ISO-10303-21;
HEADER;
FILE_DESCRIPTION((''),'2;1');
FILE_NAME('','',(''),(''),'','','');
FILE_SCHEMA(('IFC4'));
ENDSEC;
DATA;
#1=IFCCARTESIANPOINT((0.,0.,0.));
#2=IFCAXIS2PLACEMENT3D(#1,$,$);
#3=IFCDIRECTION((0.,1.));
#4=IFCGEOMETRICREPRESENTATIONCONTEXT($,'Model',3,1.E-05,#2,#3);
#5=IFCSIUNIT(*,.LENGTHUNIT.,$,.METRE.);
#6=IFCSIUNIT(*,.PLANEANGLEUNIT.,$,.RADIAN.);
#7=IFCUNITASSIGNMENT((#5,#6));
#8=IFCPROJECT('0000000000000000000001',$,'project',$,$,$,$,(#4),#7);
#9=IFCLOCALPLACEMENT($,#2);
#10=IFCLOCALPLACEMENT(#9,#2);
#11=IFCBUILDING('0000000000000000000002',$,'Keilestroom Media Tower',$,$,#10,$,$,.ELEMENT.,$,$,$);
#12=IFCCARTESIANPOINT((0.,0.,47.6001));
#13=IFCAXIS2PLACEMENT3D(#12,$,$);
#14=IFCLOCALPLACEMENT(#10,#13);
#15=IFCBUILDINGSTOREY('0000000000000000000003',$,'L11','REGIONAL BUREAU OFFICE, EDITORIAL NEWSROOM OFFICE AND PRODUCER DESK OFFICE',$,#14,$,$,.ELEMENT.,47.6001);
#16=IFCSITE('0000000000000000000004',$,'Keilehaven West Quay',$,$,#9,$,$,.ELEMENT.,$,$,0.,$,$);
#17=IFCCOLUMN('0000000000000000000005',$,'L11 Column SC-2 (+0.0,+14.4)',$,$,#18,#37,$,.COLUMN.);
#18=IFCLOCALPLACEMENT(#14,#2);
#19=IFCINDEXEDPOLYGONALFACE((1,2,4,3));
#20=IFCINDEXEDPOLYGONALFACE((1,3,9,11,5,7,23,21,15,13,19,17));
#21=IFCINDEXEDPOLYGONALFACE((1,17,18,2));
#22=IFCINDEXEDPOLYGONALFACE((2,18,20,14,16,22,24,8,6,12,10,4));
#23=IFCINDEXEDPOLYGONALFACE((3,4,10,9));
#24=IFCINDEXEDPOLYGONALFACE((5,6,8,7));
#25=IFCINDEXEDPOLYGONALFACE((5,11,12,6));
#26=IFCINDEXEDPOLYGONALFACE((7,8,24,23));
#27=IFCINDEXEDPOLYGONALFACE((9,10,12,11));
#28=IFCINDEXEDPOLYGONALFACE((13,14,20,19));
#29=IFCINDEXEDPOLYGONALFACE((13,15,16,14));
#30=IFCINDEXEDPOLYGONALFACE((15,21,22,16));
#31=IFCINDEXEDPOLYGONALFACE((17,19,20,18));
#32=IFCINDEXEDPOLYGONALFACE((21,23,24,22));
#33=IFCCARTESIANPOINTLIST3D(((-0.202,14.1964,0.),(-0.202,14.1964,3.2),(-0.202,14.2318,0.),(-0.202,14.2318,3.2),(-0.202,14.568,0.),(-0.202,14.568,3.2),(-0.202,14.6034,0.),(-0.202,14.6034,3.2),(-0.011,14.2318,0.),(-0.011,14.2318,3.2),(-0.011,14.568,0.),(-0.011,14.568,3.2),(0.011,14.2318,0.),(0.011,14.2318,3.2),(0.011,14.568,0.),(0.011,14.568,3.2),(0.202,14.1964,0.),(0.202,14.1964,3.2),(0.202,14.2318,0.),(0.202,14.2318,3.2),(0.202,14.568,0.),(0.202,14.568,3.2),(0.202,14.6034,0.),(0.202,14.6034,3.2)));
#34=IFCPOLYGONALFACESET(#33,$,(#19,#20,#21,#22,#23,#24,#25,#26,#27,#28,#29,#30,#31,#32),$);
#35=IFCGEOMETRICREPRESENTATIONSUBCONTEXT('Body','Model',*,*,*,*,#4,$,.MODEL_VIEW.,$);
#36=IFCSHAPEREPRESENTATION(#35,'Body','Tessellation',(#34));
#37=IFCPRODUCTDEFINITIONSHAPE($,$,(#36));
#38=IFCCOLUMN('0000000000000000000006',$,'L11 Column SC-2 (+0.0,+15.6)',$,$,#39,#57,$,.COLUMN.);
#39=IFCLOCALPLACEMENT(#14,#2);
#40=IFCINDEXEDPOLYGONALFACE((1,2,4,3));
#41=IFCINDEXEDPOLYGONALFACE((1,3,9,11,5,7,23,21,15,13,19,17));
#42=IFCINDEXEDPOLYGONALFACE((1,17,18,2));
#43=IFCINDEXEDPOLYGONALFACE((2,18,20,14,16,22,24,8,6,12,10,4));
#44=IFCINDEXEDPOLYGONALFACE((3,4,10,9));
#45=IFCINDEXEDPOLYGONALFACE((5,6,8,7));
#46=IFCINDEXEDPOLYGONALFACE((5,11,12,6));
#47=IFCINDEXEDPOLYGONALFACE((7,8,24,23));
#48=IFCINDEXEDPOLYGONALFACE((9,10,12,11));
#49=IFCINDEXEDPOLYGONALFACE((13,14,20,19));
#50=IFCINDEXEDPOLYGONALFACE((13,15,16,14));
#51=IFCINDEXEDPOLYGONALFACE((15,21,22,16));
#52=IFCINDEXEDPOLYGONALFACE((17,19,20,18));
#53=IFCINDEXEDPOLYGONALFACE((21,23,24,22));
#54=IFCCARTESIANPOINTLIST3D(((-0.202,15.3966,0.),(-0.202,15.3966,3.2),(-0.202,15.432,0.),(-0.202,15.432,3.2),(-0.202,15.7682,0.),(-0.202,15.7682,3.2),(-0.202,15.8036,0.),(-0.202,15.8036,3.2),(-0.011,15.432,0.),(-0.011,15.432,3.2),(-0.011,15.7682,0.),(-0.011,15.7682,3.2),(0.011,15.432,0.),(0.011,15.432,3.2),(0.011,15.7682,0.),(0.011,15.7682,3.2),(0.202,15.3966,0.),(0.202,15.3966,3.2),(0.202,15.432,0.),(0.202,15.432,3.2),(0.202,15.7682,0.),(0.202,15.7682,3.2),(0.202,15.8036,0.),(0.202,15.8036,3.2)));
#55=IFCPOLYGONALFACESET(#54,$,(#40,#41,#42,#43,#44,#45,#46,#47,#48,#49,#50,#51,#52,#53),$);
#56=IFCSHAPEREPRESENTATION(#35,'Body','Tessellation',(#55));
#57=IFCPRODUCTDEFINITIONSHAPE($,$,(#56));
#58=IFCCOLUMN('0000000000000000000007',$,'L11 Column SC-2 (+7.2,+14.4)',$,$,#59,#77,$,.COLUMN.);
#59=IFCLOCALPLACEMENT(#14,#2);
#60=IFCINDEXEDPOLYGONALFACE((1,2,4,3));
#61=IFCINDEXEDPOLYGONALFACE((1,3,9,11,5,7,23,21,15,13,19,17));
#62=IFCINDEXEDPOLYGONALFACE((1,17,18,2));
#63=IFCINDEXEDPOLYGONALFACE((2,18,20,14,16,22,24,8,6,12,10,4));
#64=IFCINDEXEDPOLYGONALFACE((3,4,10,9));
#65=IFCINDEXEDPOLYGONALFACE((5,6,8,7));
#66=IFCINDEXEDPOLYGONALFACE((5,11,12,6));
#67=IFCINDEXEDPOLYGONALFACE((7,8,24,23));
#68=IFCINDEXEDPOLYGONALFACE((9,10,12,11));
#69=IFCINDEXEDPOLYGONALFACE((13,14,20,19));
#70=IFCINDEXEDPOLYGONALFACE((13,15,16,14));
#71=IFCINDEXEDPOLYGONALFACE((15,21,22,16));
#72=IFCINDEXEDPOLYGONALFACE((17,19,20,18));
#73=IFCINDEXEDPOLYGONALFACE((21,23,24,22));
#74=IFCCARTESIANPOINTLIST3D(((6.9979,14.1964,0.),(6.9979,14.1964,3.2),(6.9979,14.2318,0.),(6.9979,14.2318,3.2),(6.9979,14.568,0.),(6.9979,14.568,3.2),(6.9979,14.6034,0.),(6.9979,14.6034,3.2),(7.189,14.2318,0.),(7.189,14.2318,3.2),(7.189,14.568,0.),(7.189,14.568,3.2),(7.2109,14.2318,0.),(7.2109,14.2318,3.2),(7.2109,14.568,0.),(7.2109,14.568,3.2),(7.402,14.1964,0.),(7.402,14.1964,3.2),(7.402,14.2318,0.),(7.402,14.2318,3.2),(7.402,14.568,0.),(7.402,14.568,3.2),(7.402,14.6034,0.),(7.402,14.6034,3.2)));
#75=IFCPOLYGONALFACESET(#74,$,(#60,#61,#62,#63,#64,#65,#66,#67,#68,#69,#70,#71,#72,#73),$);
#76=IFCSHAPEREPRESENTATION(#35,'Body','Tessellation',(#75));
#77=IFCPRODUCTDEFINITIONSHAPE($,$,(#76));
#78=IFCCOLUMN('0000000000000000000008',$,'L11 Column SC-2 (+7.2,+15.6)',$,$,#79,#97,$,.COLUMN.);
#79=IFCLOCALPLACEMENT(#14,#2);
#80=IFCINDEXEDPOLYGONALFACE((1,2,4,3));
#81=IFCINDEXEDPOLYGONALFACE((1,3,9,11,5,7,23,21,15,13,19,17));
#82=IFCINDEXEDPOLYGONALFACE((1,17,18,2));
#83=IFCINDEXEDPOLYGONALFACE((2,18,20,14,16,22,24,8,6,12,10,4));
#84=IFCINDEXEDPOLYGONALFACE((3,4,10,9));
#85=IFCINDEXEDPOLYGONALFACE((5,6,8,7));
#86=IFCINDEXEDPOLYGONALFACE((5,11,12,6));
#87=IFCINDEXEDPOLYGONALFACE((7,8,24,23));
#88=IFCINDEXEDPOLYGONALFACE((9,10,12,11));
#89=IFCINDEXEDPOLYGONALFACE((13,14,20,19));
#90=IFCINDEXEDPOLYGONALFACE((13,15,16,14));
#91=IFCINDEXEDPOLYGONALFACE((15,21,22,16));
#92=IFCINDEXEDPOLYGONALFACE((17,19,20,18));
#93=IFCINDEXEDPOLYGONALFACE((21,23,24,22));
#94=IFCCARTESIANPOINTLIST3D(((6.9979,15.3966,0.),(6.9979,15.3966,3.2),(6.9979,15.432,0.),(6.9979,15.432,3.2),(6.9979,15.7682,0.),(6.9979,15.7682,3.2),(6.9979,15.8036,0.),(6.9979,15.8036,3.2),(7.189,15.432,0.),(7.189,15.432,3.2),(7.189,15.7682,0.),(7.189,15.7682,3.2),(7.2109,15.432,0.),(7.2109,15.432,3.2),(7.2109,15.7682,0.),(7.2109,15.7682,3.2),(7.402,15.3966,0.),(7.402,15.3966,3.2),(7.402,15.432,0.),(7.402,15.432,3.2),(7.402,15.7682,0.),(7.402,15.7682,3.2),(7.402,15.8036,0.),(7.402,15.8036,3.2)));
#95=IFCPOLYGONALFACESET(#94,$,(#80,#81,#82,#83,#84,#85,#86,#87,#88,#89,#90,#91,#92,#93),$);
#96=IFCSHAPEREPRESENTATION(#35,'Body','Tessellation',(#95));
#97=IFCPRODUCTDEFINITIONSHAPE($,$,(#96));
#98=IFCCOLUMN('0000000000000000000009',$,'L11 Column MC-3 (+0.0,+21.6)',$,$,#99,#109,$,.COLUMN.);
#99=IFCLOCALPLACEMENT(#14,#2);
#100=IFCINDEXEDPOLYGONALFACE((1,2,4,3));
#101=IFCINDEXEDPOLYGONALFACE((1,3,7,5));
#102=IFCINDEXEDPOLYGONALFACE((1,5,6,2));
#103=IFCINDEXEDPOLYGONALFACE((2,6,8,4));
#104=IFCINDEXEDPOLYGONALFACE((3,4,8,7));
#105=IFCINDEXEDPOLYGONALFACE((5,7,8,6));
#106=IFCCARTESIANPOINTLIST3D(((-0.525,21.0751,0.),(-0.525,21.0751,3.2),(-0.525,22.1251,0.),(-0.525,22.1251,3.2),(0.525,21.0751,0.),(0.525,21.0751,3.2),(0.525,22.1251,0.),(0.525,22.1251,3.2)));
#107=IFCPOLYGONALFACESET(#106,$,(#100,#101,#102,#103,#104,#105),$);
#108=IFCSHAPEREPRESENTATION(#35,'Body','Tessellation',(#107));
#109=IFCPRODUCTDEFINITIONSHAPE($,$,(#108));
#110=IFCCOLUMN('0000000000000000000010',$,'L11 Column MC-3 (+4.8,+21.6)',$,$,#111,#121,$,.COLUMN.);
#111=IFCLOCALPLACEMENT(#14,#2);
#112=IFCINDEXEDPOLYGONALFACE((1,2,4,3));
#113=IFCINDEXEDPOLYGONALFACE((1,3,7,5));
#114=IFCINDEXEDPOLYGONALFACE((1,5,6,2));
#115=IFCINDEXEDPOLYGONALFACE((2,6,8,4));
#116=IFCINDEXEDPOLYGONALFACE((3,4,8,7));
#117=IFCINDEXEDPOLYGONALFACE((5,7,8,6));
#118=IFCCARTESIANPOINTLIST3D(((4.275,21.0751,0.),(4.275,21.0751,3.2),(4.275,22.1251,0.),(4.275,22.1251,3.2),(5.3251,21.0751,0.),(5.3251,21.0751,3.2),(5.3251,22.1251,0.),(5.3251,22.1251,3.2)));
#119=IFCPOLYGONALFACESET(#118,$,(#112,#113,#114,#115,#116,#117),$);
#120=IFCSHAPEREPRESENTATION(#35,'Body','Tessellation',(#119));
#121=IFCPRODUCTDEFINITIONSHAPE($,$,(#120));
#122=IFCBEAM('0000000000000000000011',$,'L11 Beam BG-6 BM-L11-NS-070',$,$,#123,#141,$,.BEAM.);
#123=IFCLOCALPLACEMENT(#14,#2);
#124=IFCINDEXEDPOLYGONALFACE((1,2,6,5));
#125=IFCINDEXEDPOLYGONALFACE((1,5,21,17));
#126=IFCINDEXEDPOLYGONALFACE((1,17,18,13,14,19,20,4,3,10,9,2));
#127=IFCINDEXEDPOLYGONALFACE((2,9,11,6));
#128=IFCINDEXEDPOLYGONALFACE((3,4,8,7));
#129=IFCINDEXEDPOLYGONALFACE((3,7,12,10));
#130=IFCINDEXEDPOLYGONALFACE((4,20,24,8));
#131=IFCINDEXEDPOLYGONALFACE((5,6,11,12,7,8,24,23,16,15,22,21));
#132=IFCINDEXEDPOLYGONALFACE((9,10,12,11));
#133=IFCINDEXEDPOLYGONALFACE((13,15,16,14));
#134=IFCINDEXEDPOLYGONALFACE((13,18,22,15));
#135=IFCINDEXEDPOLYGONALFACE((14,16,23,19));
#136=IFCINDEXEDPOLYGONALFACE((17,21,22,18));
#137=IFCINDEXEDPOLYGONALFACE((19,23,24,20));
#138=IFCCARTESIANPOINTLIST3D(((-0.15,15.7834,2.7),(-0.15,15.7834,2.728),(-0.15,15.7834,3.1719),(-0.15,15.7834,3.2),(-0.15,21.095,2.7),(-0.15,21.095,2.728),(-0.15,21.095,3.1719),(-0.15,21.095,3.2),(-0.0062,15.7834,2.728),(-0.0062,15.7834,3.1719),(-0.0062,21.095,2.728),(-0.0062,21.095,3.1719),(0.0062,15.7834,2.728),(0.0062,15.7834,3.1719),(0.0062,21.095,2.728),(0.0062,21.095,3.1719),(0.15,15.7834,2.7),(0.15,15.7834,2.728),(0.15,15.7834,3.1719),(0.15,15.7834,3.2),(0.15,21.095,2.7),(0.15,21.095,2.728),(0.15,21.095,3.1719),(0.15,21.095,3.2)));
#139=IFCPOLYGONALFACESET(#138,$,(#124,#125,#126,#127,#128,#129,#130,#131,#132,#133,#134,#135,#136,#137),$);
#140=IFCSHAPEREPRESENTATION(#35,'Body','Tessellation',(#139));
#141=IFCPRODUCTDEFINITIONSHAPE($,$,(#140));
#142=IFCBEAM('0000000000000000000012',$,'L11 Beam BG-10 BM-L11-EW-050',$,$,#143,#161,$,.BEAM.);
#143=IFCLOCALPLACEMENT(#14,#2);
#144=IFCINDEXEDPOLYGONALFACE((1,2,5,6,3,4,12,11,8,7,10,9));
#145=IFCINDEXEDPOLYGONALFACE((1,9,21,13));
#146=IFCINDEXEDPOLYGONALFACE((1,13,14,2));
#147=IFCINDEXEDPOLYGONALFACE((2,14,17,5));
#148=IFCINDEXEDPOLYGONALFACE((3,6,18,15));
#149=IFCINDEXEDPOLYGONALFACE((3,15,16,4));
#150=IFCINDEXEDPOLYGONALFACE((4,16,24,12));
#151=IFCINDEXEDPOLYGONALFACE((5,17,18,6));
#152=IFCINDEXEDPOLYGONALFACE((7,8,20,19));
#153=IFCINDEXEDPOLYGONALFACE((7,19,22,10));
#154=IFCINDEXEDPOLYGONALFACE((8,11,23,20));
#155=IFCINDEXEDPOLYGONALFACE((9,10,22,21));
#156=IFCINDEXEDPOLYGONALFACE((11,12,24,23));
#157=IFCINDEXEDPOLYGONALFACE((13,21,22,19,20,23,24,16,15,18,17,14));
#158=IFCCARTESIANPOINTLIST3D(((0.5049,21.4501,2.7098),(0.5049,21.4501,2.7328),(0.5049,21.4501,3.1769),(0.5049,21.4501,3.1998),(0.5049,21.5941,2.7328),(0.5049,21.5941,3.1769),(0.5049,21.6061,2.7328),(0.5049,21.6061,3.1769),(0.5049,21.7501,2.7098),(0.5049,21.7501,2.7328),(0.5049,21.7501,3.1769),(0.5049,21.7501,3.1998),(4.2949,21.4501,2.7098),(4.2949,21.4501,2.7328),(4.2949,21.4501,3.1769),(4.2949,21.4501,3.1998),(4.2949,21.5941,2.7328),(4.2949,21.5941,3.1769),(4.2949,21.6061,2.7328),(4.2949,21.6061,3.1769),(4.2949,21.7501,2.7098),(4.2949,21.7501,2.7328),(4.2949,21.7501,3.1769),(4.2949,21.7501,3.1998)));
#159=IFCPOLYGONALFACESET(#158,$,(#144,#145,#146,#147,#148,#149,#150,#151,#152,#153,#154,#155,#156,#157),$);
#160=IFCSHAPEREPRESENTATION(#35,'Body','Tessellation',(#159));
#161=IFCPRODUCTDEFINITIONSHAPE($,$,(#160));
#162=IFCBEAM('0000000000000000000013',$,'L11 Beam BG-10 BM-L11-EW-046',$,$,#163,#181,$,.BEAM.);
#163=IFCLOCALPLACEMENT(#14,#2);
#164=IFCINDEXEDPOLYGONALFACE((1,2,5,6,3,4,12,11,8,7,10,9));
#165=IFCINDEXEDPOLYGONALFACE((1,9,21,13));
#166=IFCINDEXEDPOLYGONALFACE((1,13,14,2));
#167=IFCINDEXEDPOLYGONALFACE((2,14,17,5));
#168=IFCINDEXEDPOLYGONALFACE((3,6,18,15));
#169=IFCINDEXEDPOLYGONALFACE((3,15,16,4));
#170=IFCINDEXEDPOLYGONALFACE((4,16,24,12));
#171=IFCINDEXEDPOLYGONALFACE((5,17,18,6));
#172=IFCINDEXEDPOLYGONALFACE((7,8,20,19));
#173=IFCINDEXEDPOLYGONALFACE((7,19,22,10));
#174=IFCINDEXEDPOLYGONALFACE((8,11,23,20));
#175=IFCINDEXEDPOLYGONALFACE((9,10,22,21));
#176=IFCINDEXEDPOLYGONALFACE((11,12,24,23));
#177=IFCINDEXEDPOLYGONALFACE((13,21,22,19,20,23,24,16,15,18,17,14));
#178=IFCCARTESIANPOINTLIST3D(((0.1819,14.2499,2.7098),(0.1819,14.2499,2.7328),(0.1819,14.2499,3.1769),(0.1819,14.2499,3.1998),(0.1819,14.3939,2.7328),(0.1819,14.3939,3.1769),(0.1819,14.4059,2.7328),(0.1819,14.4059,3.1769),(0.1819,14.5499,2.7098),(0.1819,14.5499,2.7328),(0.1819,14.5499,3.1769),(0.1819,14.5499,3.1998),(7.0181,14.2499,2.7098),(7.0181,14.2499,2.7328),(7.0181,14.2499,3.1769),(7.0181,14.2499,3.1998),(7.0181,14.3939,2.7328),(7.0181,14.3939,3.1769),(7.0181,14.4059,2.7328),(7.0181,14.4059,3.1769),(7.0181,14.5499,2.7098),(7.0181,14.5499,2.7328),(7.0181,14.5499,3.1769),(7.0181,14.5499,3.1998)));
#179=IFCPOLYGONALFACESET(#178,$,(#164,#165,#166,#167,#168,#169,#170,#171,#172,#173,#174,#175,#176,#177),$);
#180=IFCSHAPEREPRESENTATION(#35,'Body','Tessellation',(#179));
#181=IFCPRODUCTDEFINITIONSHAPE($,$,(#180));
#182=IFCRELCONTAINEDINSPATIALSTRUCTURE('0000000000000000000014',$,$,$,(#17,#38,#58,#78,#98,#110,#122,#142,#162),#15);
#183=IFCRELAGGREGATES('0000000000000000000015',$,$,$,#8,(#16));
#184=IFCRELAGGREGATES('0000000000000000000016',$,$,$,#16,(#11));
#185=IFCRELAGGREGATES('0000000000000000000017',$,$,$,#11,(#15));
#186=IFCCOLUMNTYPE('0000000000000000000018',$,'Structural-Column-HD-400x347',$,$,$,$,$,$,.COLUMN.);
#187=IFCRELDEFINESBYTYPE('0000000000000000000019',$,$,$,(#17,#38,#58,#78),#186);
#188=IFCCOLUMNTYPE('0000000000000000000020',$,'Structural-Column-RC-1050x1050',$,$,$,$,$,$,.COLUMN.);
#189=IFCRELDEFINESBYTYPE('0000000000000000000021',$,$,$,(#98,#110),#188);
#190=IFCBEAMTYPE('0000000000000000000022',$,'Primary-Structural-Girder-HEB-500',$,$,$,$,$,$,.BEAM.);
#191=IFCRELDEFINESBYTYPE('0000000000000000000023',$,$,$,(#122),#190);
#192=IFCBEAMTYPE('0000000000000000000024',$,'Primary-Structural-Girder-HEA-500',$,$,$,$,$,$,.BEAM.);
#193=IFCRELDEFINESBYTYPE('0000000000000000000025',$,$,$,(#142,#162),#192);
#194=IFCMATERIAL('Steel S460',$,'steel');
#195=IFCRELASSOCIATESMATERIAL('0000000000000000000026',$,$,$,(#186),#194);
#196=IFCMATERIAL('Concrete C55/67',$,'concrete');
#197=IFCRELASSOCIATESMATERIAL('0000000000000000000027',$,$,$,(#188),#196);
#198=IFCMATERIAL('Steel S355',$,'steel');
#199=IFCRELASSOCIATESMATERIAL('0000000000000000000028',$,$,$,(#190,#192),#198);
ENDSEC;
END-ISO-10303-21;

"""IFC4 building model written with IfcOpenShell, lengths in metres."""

from ifc_helpers import new_model, si_unit, direction, frame, origin, origin_2d, place, context, subcontext, project, spatial, rectangle, i_section, extrude, source, transform, mapped, material, material_profile, profile_set, type_object, element, save


model = new_model("IFC4")

# Units and contexts
model_context = context("Model", 3, precision=1e-05, world=origin(), true_north=direction((0.0, 1.0)))
body_context = subcontext(model_context, "Body", "Model", "MODEL_VIEW")
ifc_project = project(units=[si_unit("LENGTHUNIT", "METRE"), si_unit("PLANEANGLEUNIT", "RADIAN")], contexts=[model_context])

# Site, building, storey
site_placement = place(None, origin())
site = spatial("IfcSite", under=ifc_project, at=site_placement, Name="Keilehaven West Quay", CompositionType="ELEMENT", RefElevation=0.0)
building_placement = place(site_placement, origin())
building = spatial("IfcBuilding", under=site, at=building_placement, Name="Keilestroom Media Tower", CompositionType="ELEMENT")
storey_placement = place(building_placement, frame((0.0, 0.0, 47.6001)))
storey = spatial("IfcBuildingStorey", under=building, at=storey_placement, Name="L11", Description="REGIONAL BUREAU OFFICE, EDITORIAL NEWSROOM OFFICE AND PRODUCER DESK OFFICE", CompositionType="ELEMENT", Elevation=47.6001)

# Columns
ifc_material_1 = material(Name="Steel S460", Category="steel")
ifc_material_profile_1 = material_profile(ifc_material_1, i_section(OverallWidth=0.4041, OverallDepth=0.407, WebThickness=0.022, FlangeThickness=0.0354, at=origin_2d()), Name="HD 400x347")
ifc_profile_set_1 = profile_set([ifc_material_profile_1], Name="Steel S460")
column_type_1 = type_object("IfcColumnType", Name="Structural-Column-HD-400x347", PredefinedType="COLUMN", material=ifc_profile_set_1)
shared_shape_1 = source(origin(), body_context, "Body", "SweptSolid", [
    extrude(i_section(OverallWidth=0.4041, OverallDepth=0.407, WebThickness=0.022, FlangeThickness=0.0354, at=origin_2d()), origin(), (0.0, 0.0, 1.0), 3.2),
])
for number, where, z_axis, x_axis, name in (
    (1, (0.0, 14.3999, 0.0), (0.0, 0.0, 1.0), (1.0, 0.0, 0.0), "L11 Column SC-2 (+0.0,+14.4)"),
    (2, (0.0, 15.6001, 0.0), (0.0, 0.0, 1.0), (1.0, 0.0, 0.0), "L11 Column SC-2 (+0.0,+15.6)"),
    (3, (7.2, 14.3999, 0.0), (0.0, 0.0, 1.0), (1.0, 0.0, 0.0), "L11 Column SC-2 (+7.2,+14.4)"),
    (4, (7.2, 15.6001, 0.0), (0.0, 0.0, 1.0), (1.0, 0.0, 0.0), "L11 Column SC-2 (+7.2,+15.6)"),
):
    element("IfcColumn", number, at=place(storey_placement, frame(where, z_axis=z_axis, x_axis=x_axis)), inside=storey, type_object=column_type_1, Name=name, PredefinedType="COLUMN", context=body_context, shape_type="MappedRepresentation", body=[
        mapped(shared_shape_1, transform((0.0, 0.0, 0.0), x_axis=(1.0, 0.0, 0.0), y_axis=(0.0, 1.0, 0.0), z_axis=(0.0, 0.0, 1.0), scale=1.0)),
    ])
ifc_material_2 = material(Name="Concrete C55/67", Category="concrete")
ifc_material_profile_2 = material_profile(ifc_material_2, rectangle(XDim=1.05, YDim=1.05, at=origin_2d()), Name="RC 1050x1050")
ifc_profile_set_2 = profile_set([ifc_material_profile_2], Name="Concrete C55/67")
column_type_2 = type_object("IfcColumnType", Name="Structural-Column-RC-1050x1050", PredefinedType="COLUMN", material=ifc_profile_set_2)
shared_shape_2 = source(origin(), body_context, "Body", "SweptSolid", [
    extrude(rectangle(XDim=1.05, YDim=1.05, at=origin_2d()), origin(), (0.0, 0.0, 1.0), 3.2),
])
for number, where, z_axis, x_axis, name in (
    (5, (0.0, 21.6001, 0.0), (0.0, 0.0, 1.0), (1.0, 0.0, 0.0), "L11 Column MC-3 (+0.0,+21.6)"),
    (6, (4.8, 21.6001, 0.0), (0.0, 0.0, 1.0), (1.0, 0.0, 0.0), "L11 Column MC-3 (+4.8,+21.6)"),
):
    element("IfcColumn", number, at=place(storey_placement, frame(where, z_axis=z_axis, x_axis=x_axis)), inside=storey, type_object=column_type_2, Name=name, PredefinedType="COLUMN", context=body_context, shape_type="MappedRepresentation", body=[
        mapped(shared_shape_2, transform((0.0, 0.0, 0.0), x_axis=(1.0, 0.0, 0.0), y_axis=(0.0, 1.0, 0.0), z_axis=(0.0, 0.0, 1.0), scale=1.0)),
    ])

# Beams
ifc_material_3 = material(Name="Steel S355", Category="steel")
ifc_material_profile_3 = material_profile(ifc_material_3, i_section(OverallWidth=0.3, OverallDepth=0.5, WebThickness=0.0125, FlangeThickness=0.0281, at=origin_2d()), Name="HEB 500")
ifc_profile_set_3 = profile_set([ifc_material_profile_3], Name="Steel S355")
beam_type_1 = type_object("IfcBeamType", Name="Primary-Structural-Girder-HEB-500", PredefinedType="BEAM", material=ifc_profile_set_3)
shared_shape_3 = source(origin(), body_context, "Body", "SweptSolid", [
    extrude(i_section(OverallWidth=0.3, OverallDepth=0.5, WebThickness=0.0125, FlangeThickness=0.0281, at=origin_2d()), origin(), (0.0, 0.0, 1.0), 5.3115),
])
beam_1_placement = place(storey_placement, frame((0.0, 15.7834, 2.95), z_axis=(0.0, 1.0, 0.0), x_axis=(-1.0, 0.0, 0.0)))
element("IfcBeam", 7, at=beam_1_placement, inside=storey, type_object=beam_type_1, Name="L11 Beam BG-6 BM-L11-NS-070", PredefinedType="BEAM", context=body_context, shape_type="MappedRepresentation", body=[
    mapped(shared_shape_3, transform((0.0, 0.0, 0.0), x_axis=(1.0, 0.0, 0.0), y_axis=(0.0, 1.0, 0.0), z_axis=(0.0, 0.0, 1.0), scale=1.0)),
])
ifc_material_profile_4 = material_profile(ifc_material_3, i_section(OverallWidth=0.3, OverallDepth=0.49, WebThickness=0.012, FlangeThickness=0.0229, at=origin_2d()), Name="HEA 500")
ifc_profile_set_4 = profile_set([ifc_material_profile_4], Name="Steel S355")
beam_type_2 = type_object("IfcBeamType", Name="Primary-Structural-Girder-HEA-500", PredefinedType="BEAM", material=ifc_profile_set_4)
shared_shape_4 = source(origin(), body_context, "Body", "SweptSolid", [
    extrude(i_section(OverallWidth=0.3, OverallDepth=0.49, WebThickness=0.012, FlangeThickness=0.0229, at=origin_2d()), origin(), (0.0, 0.0, 1.0), 3.79),
])
beam_2_placement = place(storey_placement, frame((0.5049, 21.6001, 2.9548), z_axis=(1.0, 0.0, 0.0), x_axis=(0.0, 1.0, 0.0)))
element("IfcBeam", 8, at=beam_2_placement, inside=storey, type_object=beam_type_2, Name="L11 Beam BG-10 BM-L11-EW-050", PredefinedType="BEAM", context=body_context, shape_type="MappedRepresentation", body=[
    mapped(shared_shape_4, transform((0.0, 0.0, 0.0), x_axis=(1.0, 0.0, 0.0), y_axis=(0.0, 1.0, 0.0), z_axis=(0.0, 0.0, 1.0), scale=1.0)),
])
shared_shape_5 = source(origin(), body_context, "Body", "SweptSolid", [
    extrude(i_section(OverallWidth=0.3, OverallDepth=0.49, WebThickness=0.012, FlangeThickness=0.0229, at=origin_2d()), origin(), (0.0, 0.0, 1.0), 6.8362),
])
for number, where, z_axis, x_axis, name in (
    (9, (0.1819, 14.3999, 2.9548), (1.0, 0.0, 0.0), (0.0, 1.0, 0.0), "L11 Beam BG-10 BM-L11-EW-046"),
):
    element("IfcBeam", number, at=place(storey_placement, frame(where, z_axis=z_axis, x_axis=x_axis)), inside=storey, type_object=beam_type_2, Name=name, PredefinedType="BEAM", context=body_context, shape_type="MappedRepresentation", body=[
        mapped(shared_shape_5, transform((0.0, 0.0, 0.0), x_axis=(1.0, 0.0, 0.0), y_axis=(0.0, 1.0, 0.0), z_axis=(0.0, 0.0, 1.0), scale=1.0)),
    ])

save(model, "model.ifc")
